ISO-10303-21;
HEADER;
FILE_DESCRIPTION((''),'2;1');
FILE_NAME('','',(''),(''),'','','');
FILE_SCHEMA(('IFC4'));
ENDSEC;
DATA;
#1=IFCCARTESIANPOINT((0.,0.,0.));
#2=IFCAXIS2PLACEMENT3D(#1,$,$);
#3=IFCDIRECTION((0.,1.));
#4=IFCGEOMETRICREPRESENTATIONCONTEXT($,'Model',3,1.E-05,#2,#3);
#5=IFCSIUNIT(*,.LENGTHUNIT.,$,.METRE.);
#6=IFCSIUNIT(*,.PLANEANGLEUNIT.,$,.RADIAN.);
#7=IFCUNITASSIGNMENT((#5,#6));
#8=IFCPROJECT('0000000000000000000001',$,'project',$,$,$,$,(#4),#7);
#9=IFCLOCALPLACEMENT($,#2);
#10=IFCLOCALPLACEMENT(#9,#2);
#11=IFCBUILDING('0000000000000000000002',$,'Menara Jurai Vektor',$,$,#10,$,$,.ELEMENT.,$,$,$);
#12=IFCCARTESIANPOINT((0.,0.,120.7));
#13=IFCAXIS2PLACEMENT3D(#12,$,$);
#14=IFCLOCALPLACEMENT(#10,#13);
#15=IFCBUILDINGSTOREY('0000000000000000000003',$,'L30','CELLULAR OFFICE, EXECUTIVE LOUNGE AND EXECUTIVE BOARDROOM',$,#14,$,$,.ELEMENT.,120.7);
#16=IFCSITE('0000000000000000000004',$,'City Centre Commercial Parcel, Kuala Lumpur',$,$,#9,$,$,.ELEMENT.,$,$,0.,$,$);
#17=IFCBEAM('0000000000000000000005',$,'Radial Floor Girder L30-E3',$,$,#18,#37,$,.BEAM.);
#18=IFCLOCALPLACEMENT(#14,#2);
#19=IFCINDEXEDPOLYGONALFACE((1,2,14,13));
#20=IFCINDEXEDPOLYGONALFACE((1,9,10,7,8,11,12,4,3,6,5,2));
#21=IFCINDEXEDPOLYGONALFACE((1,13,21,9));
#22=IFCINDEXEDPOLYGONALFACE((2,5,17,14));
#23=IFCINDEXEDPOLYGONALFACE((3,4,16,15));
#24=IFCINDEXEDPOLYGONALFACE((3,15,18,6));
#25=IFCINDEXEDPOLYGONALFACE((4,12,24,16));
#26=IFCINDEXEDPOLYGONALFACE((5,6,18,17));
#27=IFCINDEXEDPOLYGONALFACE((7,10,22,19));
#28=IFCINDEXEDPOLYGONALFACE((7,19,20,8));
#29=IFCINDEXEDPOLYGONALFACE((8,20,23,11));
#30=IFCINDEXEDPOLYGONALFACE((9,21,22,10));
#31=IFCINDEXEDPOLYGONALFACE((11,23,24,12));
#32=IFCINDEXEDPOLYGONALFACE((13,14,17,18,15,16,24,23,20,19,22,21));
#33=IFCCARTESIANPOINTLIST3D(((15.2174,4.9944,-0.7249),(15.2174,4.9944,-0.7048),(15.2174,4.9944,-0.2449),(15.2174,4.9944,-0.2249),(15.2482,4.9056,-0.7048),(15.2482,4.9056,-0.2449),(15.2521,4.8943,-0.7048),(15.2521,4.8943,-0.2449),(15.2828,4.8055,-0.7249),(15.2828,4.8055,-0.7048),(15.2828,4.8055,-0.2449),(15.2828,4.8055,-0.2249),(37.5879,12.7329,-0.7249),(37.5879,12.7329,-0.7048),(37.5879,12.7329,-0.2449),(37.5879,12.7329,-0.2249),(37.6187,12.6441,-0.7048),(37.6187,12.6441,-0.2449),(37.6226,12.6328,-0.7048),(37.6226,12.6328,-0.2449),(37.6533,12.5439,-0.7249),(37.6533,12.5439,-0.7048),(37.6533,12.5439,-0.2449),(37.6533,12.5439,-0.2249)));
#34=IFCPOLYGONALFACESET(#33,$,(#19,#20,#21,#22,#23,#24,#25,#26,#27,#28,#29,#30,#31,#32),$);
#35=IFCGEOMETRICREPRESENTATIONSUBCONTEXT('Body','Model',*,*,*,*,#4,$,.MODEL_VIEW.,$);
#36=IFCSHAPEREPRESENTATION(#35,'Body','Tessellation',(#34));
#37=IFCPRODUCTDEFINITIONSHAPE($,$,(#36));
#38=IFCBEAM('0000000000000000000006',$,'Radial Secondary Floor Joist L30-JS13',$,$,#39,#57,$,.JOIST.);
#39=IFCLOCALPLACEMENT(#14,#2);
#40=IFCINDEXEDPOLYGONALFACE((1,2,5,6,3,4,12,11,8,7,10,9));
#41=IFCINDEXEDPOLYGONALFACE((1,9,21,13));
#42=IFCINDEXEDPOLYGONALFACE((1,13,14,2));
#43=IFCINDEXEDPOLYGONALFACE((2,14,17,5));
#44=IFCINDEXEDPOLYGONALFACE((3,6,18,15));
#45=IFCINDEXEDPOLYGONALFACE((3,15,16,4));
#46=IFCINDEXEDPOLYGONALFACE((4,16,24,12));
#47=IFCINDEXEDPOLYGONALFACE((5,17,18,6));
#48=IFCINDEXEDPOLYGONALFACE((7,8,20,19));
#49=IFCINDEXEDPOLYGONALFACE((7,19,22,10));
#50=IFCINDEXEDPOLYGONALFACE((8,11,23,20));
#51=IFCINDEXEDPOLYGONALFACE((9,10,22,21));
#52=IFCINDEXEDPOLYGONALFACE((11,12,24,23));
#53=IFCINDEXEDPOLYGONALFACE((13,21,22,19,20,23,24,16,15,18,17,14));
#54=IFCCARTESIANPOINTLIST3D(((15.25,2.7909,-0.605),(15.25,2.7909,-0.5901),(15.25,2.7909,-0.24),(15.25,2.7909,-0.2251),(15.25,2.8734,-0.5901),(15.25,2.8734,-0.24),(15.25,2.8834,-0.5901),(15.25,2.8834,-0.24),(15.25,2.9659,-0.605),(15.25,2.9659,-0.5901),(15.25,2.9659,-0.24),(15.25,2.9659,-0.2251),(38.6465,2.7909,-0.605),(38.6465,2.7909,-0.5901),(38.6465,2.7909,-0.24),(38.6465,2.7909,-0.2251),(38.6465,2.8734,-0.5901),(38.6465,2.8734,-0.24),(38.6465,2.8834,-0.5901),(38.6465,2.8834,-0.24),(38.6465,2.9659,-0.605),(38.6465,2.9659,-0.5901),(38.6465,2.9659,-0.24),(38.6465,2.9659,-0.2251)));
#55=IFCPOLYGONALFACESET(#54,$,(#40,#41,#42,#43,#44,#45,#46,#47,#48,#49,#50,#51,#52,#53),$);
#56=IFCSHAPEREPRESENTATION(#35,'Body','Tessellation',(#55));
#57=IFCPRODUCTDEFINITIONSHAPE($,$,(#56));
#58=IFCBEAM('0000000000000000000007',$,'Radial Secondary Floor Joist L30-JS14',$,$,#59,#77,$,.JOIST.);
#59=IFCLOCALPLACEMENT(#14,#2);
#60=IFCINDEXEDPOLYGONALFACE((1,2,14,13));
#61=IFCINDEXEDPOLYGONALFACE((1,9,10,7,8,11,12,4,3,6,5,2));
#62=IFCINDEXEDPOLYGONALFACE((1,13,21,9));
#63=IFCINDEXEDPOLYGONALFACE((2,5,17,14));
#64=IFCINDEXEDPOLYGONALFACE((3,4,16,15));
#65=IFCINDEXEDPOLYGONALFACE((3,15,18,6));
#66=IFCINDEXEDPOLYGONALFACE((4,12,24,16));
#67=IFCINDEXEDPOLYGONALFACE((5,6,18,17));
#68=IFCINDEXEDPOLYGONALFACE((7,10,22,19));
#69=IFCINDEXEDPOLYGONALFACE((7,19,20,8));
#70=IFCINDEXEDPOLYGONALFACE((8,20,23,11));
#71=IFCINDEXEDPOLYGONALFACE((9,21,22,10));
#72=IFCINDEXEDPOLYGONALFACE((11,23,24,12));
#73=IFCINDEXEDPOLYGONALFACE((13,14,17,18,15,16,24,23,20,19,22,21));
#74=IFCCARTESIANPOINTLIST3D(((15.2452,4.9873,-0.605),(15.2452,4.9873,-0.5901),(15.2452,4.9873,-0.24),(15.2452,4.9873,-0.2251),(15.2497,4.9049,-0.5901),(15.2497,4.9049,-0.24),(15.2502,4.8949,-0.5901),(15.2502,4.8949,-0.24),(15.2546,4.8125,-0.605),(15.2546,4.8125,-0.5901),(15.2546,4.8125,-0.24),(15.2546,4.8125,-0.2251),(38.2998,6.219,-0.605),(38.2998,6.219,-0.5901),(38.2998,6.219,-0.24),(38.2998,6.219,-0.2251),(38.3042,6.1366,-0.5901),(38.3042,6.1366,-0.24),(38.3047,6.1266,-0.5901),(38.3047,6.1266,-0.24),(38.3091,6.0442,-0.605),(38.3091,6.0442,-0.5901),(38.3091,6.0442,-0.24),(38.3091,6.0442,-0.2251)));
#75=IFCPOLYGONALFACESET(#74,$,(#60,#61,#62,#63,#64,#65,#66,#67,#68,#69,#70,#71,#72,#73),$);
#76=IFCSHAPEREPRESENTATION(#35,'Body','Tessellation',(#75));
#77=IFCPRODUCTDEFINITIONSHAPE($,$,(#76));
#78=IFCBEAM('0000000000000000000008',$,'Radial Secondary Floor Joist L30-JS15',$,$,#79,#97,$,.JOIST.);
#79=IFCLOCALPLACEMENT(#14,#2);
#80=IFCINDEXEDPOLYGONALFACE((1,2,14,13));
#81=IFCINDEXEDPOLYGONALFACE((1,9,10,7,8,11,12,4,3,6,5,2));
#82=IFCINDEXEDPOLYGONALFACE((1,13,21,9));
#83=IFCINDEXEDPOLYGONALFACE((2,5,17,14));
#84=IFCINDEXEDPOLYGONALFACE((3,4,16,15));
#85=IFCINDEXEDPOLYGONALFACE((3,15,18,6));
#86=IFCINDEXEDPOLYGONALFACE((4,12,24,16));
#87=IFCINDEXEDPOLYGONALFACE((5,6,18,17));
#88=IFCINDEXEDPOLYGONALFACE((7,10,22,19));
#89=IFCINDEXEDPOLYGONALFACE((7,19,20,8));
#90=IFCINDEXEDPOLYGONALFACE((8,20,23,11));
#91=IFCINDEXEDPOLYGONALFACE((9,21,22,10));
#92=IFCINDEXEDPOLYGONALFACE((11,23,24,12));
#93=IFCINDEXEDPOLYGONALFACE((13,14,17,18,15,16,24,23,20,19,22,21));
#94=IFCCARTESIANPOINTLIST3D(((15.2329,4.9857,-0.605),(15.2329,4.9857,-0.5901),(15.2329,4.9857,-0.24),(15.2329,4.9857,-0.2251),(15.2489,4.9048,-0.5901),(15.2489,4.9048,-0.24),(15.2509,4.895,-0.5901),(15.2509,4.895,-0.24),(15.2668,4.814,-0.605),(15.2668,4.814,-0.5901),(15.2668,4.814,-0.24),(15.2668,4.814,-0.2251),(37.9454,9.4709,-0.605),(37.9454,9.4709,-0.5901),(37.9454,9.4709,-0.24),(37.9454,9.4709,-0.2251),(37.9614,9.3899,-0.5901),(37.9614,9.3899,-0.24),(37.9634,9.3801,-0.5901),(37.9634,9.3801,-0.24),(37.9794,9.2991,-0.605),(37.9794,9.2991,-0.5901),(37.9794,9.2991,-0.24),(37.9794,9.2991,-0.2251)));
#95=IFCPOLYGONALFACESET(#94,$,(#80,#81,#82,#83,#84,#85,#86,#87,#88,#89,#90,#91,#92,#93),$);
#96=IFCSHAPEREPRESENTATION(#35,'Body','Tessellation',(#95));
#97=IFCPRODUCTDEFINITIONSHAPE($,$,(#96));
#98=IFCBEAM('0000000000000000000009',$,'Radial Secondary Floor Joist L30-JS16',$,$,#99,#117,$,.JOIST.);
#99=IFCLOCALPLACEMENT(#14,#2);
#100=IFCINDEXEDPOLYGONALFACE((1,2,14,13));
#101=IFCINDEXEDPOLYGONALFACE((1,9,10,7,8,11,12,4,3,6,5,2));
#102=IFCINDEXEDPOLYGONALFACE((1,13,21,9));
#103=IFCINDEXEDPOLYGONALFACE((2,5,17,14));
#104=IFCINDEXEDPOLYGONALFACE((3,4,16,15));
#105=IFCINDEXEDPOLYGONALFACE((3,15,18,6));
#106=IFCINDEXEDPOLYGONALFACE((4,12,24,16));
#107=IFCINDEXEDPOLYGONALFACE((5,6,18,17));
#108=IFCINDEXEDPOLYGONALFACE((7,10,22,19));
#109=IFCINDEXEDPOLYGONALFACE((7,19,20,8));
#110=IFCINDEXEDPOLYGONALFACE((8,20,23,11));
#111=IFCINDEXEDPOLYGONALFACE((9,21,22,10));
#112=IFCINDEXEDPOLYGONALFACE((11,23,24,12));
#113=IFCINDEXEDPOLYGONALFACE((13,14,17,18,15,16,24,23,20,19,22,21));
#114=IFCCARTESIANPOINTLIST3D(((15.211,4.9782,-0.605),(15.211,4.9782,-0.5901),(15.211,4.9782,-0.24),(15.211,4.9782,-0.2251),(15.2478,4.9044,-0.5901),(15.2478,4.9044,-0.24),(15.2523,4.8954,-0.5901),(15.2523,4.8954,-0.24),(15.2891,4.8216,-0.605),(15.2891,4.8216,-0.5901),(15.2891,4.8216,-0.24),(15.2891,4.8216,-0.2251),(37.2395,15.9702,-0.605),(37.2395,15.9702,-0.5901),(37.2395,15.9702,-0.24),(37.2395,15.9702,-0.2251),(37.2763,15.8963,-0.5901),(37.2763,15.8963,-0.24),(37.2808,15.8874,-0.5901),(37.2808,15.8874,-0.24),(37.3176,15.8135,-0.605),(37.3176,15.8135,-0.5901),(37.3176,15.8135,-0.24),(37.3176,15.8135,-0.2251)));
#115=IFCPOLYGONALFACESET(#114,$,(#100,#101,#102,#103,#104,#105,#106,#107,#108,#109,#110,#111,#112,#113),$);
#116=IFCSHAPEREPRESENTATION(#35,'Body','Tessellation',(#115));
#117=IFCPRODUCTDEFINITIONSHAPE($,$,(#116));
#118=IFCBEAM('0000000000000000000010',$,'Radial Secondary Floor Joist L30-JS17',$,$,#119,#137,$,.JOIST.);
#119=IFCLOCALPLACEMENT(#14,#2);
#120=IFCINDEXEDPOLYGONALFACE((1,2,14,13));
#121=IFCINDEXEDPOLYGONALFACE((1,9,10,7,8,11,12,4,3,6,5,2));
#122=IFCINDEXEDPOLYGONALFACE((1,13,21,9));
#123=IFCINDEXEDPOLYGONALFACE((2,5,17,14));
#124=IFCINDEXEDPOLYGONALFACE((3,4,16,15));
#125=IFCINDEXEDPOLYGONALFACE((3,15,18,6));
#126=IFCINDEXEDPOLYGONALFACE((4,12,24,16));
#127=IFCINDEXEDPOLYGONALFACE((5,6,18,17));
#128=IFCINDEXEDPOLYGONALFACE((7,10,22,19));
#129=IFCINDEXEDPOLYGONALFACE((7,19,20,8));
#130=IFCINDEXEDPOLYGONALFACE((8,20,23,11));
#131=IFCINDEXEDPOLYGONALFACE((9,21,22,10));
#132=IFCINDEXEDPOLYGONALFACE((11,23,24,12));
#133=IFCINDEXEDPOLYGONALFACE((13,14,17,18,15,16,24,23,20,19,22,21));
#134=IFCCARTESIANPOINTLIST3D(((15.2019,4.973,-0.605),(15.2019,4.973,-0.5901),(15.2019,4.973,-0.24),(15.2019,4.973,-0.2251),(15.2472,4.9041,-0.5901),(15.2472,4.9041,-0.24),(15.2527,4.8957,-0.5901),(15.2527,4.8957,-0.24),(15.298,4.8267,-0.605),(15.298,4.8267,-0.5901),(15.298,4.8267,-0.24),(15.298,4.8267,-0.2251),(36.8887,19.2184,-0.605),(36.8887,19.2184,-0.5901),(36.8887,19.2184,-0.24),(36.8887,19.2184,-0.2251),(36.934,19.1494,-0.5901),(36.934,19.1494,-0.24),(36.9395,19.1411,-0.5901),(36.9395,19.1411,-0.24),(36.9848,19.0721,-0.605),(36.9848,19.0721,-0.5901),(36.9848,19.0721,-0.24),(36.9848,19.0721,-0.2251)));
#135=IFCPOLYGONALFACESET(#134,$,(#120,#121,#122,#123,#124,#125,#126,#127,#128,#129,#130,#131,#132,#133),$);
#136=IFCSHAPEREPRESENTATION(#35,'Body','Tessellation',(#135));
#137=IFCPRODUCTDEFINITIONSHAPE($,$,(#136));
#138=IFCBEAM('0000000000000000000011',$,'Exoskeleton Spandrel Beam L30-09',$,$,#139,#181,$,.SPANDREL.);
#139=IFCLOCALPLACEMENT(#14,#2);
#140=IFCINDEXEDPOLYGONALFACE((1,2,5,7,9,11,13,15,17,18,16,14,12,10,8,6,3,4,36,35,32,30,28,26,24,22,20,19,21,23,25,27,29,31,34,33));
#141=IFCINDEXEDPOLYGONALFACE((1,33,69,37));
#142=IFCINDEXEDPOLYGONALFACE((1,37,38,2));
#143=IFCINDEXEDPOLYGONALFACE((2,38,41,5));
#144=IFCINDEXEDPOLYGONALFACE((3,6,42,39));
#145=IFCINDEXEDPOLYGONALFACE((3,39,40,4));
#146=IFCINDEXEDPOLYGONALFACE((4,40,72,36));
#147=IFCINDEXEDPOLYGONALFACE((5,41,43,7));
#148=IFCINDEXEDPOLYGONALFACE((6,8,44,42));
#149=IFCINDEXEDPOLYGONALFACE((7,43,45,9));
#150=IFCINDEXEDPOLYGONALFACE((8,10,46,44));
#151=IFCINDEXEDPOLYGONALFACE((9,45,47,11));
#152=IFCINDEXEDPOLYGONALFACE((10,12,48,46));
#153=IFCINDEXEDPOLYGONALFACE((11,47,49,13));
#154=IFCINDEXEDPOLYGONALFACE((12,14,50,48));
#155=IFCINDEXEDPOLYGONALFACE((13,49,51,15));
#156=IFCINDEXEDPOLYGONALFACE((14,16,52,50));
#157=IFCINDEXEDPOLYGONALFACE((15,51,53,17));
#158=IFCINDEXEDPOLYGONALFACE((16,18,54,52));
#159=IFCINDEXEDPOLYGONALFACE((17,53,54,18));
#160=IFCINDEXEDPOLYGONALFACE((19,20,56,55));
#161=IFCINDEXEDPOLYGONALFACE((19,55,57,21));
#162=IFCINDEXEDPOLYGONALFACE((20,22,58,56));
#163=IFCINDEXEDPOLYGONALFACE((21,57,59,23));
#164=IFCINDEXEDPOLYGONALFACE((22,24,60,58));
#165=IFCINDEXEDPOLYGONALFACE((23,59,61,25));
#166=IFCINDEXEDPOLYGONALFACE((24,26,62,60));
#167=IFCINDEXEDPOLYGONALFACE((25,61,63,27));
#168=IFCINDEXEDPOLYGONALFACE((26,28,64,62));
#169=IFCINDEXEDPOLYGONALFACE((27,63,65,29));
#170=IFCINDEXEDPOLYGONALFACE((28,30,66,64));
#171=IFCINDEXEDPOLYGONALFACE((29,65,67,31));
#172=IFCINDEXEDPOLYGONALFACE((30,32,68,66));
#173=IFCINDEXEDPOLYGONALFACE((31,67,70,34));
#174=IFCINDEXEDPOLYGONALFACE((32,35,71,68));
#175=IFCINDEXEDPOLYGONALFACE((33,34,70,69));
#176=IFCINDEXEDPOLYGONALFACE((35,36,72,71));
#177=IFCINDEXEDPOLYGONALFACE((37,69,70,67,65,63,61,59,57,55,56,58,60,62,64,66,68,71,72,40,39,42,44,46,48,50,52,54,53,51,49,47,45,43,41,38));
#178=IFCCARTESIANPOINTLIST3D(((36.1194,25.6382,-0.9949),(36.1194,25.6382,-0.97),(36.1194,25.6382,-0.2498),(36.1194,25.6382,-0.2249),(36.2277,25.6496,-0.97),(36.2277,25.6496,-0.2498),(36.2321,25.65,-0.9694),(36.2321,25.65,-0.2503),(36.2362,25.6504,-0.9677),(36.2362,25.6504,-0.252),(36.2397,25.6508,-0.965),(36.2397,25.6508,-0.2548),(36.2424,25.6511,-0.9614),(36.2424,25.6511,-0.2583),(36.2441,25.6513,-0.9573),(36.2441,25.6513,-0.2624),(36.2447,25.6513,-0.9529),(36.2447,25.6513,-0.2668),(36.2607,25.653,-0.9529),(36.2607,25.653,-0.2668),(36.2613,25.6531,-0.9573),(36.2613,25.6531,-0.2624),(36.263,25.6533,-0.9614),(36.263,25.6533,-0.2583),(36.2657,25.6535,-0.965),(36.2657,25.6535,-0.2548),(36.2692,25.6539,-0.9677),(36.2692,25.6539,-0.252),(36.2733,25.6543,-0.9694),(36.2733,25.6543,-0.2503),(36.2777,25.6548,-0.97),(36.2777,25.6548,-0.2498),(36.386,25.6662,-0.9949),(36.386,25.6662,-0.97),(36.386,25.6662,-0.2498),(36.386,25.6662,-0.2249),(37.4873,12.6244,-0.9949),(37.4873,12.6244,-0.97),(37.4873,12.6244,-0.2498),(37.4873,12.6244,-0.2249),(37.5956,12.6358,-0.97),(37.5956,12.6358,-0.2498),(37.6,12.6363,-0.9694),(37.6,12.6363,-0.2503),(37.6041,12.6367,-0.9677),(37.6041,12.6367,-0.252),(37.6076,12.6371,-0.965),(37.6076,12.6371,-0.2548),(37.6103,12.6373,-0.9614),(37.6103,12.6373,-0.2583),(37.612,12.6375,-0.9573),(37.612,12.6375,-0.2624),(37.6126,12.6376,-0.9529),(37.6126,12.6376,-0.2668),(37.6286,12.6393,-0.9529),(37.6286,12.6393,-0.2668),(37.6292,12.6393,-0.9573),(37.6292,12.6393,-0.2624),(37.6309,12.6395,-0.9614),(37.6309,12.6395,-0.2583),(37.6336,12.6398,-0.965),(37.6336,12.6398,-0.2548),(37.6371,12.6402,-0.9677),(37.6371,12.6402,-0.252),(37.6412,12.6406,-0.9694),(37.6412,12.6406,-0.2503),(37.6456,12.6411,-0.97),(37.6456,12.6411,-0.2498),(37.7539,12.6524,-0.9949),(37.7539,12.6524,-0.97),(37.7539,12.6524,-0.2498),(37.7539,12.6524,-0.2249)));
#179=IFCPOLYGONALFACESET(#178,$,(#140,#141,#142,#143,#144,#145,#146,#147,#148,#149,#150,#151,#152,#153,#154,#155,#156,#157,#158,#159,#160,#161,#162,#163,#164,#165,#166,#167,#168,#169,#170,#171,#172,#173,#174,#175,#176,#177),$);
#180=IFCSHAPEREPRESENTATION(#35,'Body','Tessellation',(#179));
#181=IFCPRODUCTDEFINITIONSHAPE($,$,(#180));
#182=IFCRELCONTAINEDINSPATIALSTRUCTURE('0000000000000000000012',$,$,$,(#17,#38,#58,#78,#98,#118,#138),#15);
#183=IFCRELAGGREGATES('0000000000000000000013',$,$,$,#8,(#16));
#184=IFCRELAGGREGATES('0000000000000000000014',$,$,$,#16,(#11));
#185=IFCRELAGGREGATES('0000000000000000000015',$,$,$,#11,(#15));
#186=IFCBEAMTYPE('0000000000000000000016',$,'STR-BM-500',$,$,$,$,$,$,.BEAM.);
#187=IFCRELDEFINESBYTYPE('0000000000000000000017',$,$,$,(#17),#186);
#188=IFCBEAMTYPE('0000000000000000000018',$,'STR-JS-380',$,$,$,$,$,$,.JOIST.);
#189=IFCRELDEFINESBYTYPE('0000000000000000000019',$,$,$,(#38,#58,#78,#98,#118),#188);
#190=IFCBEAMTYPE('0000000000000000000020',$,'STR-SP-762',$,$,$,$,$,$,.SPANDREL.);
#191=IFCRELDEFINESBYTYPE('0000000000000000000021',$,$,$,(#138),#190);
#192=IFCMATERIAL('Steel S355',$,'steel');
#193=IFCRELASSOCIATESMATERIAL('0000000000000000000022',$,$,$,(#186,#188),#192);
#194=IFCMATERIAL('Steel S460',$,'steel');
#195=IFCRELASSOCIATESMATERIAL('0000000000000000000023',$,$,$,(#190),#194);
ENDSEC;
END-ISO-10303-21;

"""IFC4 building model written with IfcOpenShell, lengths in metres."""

from ifc_helpers import new_model, si_unit, direction, frame, origin, origin_2d, place, context, subcontext, project, spatial, i_section, extrude, material, material_profile, profile_set, type_object, element, save


model = new_model("IFC4")

# Units and contexts
model_context = context("Model", 3, precision=1e-05, world=origin(), true_north=direction((0.0, 1.0)))
body_context = subcontext(model_context, "Body", "Model", "MODEL_VIEW")
ifc_project = project(units=[si_unit("LENGTHUNIT", "METRE"), si_unit("PLANEANGLEUNIT", "RADIAN")], contexts=[model_context])

# Site, building, storey
site_placement = place(None, origin())
site = spatial("IfcSite", under=ifc_project, at=site_placement, Name="City Centre Commercial Parcel, Kuala Lumpur", CompositionType="ELEMENT", RefElevation=0.0)
building_placement = place(site_placement, origin())
building = spatial("IfcBuilding", under=site, at=building_placement, Name="Menara Jurai Vektor", CompositionType="ELEMENT")
storey_placement = place(building_placement, frame((0.0, 0.0, 120.7)))
storey = spatial("IfcBuildingStorey", under=building, at=storey_placement, Name="L30", Description="CELLULAR OFFICE, EXECUTIVE LOUNGE AND EXECUTIVE BOARDROOM", CompositionType="ELEMENT", Elevation=120.7)

# Shared definitions
ifc_material_1 = material(Name="Steel S460", Category="steel")

# Beams
ifc_material_2 = material(Name="Steel S355", Category="steel")
ifc_material_profile_1 = material_profile(ifc_material_2, i_section(OverallWidth=0.2, OverallDepth=0.5, WebThickness=0.012, FlangeThickness=0.02, at=origin_2d()), Name="PG 500x200x96")
ifc_profile_set_1 = profile_set([ifc_material_profile_1], Name="Steel S355")
beam_type_1 = type_object("IfcBeamType", Name="STR-BM-500", PredefinedType="BEAM", material=ifc_profile_set_1)
beam_1_placement = place(storey_placement, frame((37.6206, 12.6384, -0.4749), z_axis=(-0.945053, -0.326916, 0.0), x_axis=(0.326916, -0.945053, 0.0)))
element("IfcBeam", 1, at=beam_1_placement, inside=storey, type_object=beam_type_1, Name="Radial Floor Girder L30-E3", PredefinedType="BEAM", context=body_context, shape_type="SweptSolid", body=[
    extrude(i_section(OverallWidth=0.2, OverallDepth=0.5, WebThickness=0.012, FlangeThickness=0.02, at=origin_2d()), origin(), (0.0, 0.0, 1.0), 23.6711),
])
ifc_material_profile_2 = material_profile(ifc_material_2, i_section(OverallWidth=0.175, OverallDepth=0.3799, WebThickness=0.01, FlangeThickness=0.0149, at=origin_2d()), Name="PG 380x175x58")
ifc_profile_set_2 = profile_set([ifc_material_profile_2], Name="Steel S355")
beam_type_2 = type_object("IfcBeamType", Name="STR-JS-380", PredefinedType="JOIST", material=ifc_profile_set_2)
beam_2_placement = place(storey_placement, frame((38.6465, 2.8784, -0.415), z_axis=(-1.0, 0.0, 0.0), x_axis=(0.0, -1.0, 0.0)))
element("IfcBeam", 2, at=beam_2_placement, inside=storey, type_object=beam_type_2, Name="Radial Secondary Floor Joist L30-JS13", PredefinedType="JOIST", context=body_context, shape_type="SweptSolid", body=[
    extrude(i_section(OverallWidth=0.175, OverallDepth=0.3799, WebThickness=0.01, FlangeThickness=0.0149, at=origin_2d()), origin(), (0.0, 0.0, 1.0), 23.3965),
])
beam_3_placement = place(storey_placement, frame((38.3044, 6.1316, -0.415), z_axis=(-0.998576, -0.053349, 0.0), x_axis=(0.053349, -0.998576, 0.0)))
element("IfcBeam", 3, at=beam_3_placement, inside=storey, type_object=beam_type_2, Name="Radial Secondary Floor Joist L30-JS14", PredefinedType="JOIST", context=body_context, shape_type="SweptSolid", body=[
    extrude(i_section(OverallWidth=0.175, OverallDepth=0.3799, WebThickness=0.01, FlangeThickness=0.0149, at=origin_2d()), origin(), (0.0, 0.0, 1.0), 23.0874),
])
beam_4_placement = place(storey_placement, frame((37.9624, 9.385, -0.415), z_axis=(-0.981054, -0.193733, 0.0), x_axis=(0.193733, -0.981054, 0.0)))
element("IfcBeam", 4, at=beam_4_placement, inside=storey, type_object=beam_type_2, Name="Radial Secondary Floor Joist L30-JS15", PredefinedType="JOIST", context=body_context, shape_type="SweptSolid", body=[
    extrude(i_section(OverallWidth=0.175, OverallDepth=0.3799, WebThickness=0.01, FlangeThickness=0.0149, at=origin_2d()), origin(), (0.0, 0.0, 1.0), 23.1511),
])
beam_5_placement = place(storey_placement, frame((37.2786, 15.8918, -0.415), z_axis=(-0.89479, -0.446488, 0.0), x_axis=(0.446488, -0.89479, 0.0)))
element("IfcBeam", 5, at=beam_5_placement, inside=storey, type_object=beam_type_2, Name="Radial Secondary Floor Joist L30-JS16", PredefinedType="JOIST", context=body_context, shape_type="SweptSolid", body=[
    extrude(i_section(OverallWidth=0.175, OverallDepth=0.3799, WebThickness=0.01, FlangeThickness=0.0149, at=origin_2d()), origin(), (0.0, 0.0, 1.0), 24.6187),
])
beam_6_placement = place(storey_placement, frame((36.9368, 19.1453, -0.415), z_axis=(-0.835811, -0.549018, 0.0), x_axis=(0.549018, -0.835811, 0.0)))
element("IfcBeam", 6, at=beam_6_placement, inside=storey, type_object=beam_type_2, Name="Radial Secondary Floor Joist L30-JS17", PredefinedType="JOIST", context=body_context, shape_type="SweptSolid", body=[
    extrude(i_section(OverallWidth=0.175, OverallDepth=0.3799, WebThickness=0.01, FlangeThickness=0.0149, at=origin_2d()), origin(), (0.0, 0.0, 1.0), 25.947),
])
ifc_material_profile_3 = material_profile(ifc_material_1, i_section(OverallWidth=0.2681, OverallDepth=0.77, WebThickness=0.0161, FlangeThickness=0.0249, FilletRadius=0.0171, at=origin_2d()), Name="UKB 762x267x197")
ifc_profile_set_3 = profile_set([ifc_material_profile_3], Name="Steel S460")
beam_type_3 = type_object("IfcBeamType", Name="STR-SP-762", PredefinedType="SPANDREL", material=ifc_profile_set_3)
beam_7_placement = place(storey_placement, frame((37.6206, 12.6384, -0.6099), z_axis=(-0.104538, 0.994521, 0.0), x_axis=(-0.994521, -0.104538, 0.0)))
element("IfcBeam", 7, at=beam_7_placement, inside=storey, type_object=beam_type_3, Name="Exoskeleton Spandrel Beam L30-09", PredefinedType="SPANDREL", context=body_context, shape_type="SweptSolid", body=[
    extrude(i_section(OverallWidth=0.2681, OverallDepth=0.77, WebThickness=0.0161, FlangeThickness=0.0249, FilletRadius=0.0171, at=origin_2d()), origin(), (0.0, 0.0, 1.0), 13.0854),
])

save(model, "model.ifc")
